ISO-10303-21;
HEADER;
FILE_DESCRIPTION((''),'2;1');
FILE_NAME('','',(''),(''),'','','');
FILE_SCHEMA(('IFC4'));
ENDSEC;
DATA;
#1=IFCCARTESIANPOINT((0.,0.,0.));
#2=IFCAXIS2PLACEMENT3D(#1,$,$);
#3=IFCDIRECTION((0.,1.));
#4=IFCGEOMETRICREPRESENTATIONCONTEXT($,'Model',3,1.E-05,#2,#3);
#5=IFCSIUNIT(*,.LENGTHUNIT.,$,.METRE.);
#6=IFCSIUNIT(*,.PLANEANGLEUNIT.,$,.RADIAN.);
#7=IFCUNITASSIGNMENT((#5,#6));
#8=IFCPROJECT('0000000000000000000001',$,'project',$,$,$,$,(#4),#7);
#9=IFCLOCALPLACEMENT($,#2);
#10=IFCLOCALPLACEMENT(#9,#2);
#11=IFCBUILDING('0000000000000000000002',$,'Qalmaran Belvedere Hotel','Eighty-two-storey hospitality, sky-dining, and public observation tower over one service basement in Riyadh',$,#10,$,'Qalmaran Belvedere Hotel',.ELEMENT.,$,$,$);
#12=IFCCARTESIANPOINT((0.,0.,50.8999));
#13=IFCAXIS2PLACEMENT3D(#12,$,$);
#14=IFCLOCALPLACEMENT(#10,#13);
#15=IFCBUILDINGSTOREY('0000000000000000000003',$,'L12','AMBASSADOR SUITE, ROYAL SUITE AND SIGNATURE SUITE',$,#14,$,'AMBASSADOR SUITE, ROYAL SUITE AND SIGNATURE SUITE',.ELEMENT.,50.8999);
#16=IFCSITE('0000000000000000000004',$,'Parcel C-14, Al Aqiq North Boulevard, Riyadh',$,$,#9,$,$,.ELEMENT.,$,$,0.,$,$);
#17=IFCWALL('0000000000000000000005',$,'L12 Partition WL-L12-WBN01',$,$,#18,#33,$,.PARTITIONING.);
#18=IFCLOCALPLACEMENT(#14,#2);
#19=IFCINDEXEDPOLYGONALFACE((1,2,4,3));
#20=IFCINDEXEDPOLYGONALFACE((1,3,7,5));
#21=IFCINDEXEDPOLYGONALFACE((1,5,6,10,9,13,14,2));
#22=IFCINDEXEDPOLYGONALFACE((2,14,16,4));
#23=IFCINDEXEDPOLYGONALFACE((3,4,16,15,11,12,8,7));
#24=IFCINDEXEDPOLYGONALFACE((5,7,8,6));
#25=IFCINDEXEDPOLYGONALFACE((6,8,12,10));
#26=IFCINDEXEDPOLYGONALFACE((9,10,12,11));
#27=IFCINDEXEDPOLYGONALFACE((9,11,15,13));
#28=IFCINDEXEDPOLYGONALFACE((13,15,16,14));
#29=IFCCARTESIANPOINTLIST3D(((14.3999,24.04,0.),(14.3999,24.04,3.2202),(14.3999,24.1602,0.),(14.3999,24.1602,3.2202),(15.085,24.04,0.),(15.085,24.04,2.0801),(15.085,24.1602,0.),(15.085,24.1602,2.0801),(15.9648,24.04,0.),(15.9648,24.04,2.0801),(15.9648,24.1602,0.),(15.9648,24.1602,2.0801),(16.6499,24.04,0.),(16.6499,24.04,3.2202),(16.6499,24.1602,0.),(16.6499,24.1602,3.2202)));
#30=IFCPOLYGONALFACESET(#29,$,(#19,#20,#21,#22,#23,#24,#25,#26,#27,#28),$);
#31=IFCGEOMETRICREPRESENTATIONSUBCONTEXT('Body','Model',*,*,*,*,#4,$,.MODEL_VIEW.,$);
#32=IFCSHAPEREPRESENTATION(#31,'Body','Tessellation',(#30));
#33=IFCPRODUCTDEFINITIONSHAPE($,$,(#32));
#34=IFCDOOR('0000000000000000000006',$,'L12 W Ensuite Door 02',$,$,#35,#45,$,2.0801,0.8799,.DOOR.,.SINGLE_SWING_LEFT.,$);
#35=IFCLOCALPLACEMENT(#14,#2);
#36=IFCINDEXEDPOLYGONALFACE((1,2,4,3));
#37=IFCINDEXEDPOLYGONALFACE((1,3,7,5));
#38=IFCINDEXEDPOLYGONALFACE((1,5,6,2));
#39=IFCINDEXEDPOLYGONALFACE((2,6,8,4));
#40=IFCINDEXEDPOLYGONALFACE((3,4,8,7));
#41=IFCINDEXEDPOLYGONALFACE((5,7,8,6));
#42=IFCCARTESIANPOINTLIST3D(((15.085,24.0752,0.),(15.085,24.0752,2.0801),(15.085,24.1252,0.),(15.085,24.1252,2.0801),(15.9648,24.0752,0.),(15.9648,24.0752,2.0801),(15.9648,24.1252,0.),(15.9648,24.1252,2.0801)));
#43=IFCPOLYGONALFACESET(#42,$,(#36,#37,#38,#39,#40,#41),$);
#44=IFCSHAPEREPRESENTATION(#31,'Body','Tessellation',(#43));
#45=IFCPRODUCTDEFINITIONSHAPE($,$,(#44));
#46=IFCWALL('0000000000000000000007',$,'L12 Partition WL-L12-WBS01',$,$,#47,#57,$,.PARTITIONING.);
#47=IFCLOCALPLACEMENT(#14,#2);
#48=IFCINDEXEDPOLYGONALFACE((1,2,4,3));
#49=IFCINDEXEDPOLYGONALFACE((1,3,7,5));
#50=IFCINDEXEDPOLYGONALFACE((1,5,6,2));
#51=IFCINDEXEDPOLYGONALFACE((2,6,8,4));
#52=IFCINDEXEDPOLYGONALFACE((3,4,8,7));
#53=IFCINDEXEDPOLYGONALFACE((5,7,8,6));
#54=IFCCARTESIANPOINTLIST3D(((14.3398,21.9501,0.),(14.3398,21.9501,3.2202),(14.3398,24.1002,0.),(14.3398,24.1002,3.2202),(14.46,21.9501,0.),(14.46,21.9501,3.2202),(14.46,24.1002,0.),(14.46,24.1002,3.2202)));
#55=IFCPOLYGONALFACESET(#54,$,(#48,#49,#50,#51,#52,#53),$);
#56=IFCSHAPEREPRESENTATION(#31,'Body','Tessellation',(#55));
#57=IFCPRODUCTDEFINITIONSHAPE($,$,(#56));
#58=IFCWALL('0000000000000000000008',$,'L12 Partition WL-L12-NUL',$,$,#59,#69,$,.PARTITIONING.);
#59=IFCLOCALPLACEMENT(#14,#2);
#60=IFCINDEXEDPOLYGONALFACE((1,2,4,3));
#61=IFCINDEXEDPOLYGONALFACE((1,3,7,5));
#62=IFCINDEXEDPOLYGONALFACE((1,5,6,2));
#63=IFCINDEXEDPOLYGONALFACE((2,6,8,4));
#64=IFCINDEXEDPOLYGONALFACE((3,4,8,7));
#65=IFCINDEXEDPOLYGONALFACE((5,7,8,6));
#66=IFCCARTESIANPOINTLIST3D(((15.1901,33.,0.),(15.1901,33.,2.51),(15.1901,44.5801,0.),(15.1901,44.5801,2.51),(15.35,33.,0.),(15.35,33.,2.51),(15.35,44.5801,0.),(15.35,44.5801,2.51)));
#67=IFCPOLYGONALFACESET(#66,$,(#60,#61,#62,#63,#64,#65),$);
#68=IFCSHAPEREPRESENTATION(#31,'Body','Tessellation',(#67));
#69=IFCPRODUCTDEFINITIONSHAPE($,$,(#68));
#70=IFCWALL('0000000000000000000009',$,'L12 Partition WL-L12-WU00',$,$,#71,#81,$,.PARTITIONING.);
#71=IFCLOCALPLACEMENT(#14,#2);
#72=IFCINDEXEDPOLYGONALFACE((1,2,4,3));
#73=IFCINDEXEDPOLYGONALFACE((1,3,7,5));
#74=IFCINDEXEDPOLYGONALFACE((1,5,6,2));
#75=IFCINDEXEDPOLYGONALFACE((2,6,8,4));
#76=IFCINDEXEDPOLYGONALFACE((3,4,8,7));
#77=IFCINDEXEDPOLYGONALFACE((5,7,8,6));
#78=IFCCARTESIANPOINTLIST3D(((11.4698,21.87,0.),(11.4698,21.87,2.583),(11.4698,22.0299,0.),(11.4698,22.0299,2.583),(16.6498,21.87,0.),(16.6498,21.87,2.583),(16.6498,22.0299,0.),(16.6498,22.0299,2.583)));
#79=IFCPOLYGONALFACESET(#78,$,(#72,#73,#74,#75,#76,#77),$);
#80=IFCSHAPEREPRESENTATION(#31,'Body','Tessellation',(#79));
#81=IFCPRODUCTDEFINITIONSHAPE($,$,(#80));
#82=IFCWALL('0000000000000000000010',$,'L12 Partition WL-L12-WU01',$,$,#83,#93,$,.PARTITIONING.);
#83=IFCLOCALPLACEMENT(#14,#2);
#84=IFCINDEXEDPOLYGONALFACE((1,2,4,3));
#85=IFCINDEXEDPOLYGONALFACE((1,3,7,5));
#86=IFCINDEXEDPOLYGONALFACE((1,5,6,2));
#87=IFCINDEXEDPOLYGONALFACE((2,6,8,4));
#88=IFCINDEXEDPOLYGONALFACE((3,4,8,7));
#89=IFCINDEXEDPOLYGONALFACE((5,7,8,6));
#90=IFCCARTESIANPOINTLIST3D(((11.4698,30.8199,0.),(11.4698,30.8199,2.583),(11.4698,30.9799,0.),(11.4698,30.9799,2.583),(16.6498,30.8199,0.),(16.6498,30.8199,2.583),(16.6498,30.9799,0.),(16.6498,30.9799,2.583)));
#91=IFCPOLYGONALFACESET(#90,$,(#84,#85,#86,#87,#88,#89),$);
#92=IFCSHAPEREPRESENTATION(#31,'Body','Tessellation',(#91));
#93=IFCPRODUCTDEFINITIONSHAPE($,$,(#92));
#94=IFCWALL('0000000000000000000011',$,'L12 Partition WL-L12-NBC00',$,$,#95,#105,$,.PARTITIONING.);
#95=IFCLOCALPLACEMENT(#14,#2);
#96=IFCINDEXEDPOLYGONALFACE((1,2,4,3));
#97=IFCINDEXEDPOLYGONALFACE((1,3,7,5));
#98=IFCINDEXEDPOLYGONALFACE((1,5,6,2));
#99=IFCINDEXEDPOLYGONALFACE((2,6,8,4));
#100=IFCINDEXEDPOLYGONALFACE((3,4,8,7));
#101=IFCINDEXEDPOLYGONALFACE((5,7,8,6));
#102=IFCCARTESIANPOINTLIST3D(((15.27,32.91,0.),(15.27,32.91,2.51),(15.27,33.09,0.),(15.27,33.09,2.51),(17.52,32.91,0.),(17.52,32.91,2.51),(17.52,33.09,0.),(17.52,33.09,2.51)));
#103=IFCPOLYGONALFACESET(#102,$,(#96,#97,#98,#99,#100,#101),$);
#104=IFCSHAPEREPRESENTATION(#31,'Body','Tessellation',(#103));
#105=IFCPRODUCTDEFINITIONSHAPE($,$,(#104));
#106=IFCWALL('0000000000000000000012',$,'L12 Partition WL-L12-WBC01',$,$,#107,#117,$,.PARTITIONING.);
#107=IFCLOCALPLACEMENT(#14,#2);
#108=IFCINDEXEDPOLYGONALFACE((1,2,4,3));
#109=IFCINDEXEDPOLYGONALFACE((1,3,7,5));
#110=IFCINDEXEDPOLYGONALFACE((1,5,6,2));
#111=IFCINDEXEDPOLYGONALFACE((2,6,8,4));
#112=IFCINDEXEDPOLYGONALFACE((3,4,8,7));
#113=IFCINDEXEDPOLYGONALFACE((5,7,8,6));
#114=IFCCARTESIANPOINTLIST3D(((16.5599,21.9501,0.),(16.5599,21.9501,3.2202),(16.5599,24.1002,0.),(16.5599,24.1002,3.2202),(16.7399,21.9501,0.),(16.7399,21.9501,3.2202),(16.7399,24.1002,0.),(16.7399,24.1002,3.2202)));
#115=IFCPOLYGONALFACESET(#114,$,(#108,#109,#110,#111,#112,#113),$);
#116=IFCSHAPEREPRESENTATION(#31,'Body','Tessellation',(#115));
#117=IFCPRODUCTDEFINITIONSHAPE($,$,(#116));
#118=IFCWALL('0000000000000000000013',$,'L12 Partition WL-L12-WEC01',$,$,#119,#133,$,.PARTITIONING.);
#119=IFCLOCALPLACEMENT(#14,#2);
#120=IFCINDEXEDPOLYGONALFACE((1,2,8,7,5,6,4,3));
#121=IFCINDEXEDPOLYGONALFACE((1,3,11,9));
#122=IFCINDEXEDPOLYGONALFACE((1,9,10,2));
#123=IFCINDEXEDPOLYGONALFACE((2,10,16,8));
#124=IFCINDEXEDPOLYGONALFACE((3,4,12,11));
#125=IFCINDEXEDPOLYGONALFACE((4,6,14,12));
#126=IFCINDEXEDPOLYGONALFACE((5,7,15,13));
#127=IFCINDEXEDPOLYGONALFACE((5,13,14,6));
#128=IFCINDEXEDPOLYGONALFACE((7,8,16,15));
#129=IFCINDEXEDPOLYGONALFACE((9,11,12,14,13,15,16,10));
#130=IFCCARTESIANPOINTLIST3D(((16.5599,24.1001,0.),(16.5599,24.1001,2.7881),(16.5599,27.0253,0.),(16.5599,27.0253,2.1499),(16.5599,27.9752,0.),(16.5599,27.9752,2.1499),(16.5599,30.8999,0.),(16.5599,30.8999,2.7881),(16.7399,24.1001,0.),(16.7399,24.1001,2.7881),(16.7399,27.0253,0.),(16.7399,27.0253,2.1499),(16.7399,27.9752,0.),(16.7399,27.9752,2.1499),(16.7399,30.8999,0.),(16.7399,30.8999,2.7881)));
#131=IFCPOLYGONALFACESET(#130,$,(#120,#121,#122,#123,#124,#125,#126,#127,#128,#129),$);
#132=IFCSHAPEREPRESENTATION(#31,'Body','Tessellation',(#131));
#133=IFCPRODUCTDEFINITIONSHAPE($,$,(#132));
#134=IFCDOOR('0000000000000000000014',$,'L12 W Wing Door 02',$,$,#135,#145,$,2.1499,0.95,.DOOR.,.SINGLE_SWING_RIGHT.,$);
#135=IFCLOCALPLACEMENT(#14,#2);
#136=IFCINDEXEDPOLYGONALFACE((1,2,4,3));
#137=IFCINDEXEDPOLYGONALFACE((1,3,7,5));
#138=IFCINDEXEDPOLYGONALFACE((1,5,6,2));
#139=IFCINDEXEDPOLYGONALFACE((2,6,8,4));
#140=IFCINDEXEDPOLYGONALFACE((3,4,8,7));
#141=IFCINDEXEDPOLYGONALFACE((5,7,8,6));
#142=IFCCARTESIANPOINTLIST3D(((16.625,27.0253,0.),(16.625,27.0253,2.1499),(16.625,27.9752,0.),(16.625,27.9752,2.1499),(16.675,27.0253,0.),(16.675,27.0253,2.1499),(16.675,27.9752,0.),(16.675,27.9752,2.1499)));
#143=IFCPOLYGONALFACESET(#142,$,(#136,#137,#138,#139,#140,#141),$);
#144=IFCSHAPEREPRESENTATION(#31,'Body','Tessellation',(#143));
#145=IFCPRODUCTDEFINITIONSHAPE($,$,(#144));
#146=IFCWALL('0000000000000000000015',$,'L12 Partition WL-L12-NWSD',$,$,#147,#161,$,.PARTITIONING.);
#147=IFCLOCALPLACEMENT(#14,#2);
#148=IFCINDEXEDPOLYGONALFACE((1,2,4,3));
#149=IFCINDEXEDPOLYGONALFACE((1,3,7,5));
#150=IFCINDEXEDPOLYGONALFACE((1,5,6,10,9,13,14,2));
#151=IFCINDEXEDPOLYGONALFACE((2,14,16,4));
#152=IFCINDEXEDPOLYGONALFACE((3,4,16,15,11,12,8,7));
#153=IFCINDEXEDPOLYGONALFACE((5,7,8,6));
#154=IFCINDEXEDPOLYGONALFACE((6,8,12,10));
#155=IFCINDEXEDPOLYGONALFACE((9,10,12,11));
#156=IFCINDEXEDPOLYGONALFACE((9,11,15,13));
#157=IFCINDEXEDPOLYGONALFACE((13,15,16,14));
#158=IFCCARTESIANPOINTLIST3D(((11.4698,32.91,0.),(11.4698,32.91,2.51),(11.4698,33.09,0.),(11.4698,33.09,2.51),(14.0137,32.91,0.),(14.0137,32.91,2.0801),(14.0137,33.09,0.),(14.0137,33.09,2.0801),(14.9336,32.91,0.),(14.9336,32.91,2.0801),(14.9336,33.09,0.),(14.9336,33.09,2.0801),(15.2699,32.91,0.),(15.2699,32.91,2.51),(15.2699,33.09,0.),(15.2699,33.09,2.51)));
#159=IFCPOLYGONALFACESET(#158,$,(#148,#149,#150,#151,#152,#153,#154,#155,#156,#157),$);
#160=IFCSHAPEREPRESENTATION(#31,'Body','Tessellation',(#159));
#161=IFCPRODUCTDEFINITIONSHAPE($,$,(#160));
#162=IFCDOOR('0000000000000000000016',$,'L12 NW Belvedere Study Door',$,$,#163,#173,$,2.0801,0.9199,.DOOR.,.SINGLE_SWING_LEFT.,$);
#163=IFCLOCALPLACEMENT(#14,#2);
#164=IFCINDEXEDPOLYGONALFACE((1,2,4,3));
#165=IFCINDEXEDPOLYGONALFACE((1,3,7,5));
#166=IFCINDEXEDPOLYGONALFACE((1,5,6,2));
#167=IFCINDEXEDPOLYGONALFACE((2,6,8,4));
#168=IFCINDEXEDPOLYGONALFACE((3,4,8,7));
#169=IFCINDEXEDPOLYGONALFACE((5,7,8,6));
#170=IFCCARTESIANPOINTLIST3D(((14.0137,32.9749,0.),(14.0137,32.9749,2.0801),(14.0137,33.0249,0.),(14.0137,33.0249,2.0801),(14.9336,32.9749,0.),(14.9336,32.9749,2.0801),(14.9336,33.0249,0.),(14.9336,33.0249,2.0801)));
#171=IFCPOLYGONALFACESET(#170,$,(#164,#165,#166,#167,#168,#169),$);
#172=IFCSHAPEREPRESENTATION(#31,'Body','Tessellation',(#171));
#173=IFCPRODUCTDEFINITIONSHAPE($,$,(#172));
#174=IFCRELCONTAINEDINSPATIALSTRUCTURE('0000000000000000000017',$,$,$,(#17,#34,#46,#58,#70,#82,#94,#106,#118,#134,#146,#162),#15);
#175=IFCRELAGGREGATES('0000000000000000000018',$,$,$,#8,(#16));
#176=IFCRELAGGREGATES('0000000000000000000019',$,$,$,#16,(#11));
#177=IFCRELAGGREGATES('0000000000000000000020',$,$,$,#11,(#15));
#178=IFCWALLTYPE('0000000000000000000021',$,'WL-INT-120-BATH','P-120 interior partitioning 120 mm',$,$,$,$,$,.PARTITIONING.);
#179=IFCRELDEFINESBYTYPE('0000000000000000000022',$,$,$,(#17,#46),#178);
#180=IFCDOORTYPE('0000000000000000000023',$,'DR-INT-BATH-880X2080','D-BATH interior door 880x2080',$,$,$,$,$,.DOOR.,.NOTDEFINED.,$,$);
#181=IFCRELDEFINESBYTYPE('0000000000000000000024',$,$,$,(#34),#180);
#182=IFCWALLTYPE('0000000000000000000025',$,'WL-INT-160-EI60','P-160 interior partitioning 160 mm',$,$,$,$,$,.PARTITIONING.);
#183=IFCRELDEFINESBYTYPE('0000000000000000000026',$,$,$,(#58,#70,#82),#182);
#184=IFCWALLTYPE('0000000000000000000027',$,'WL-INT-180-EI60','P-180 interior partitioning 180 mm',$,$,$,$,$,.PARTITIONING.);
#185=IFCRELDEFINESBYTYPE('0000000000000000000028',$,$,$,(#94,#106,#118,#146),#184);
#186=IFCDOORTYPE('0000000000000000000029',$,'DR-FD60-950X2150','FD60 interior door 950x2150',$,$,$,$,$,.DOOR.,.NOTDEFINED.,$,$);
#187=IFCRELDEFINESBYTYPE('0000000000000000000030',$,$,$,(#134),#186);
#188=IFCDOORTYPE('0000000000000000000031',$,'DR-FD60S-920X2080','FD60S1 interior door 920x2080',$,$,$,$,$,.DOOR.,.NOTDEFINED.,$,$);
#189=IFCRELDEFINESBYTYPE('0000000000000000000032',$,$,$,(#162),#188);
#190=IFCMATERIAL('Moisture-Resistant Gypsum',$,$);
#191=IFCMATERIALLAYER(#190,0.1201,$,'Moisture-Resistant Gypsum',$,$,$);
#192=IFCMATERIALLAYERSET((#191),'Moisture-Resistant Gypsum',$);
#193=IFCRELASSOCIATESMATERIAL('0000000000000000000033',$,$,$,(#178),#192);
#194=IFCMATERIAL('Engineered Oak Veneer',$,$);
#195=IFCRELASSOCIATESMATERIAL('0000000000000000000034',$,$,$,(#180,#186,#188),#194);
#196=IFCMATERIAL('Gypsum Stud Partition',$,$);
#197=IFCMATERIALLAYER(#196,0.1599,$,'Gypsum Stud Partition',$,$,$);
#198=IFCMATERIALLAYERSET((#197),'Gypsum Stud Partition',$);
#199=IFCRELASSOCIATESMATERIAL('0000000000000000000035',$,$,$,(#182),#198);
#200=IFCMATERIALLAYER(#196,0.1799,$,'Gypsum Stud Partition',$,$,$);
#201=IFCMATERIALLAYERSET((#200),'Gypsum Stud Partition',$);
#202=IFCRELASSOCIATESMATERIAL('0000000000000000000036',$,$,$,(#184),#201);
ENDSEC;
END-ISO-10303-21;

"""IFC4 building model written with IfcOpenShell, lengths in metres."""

from ifc_helpers import new_model, si_unit, direction, frame, frame_2d, origin, place, context, subcontext, project, spatial, rectangle, extrude, material, layer, layer_set, type_object, element, fill, save


model = new_model("IFC4")

# Units and contexts
model_context = context("Model", 3, precision=1e-05, world=origin(), true_north=direction((0.0, 1.0)))
body_context = subcontext(model_context, "Body", "Model", "MODEL_VIEW")
ifc_project = project(units=[si_unit("LENGTHUNIT", "METRE"), si_unit("PLANEANGLEUNIT", "RADIAN")], contexts=[model_context])

# Site, building, storey
site_placement = place(None, origin())
site = spatial("IfcSite", under=ifc_project, at=site_placement, Name="Parcel C-14, Al Aqiq North Boulevard, Riyadh", CompositionType="ELEMENT", RefElevation=0.0)
building_placement = place(site_placement, origin())
building = spatial("IfcBuilding", under=site, at=building_placement, Name="Qalmaran Belvedere Hotel", Description="Eighty-two-storey hospitality, sky-dining, and public observation tower over one service basement in Riyadh", LongName="Qalmaran Belvedere Hotel", CompositionType="ELEMENT")
storey_placement = place(building_placement, frame((0.0, 0.0, 50.8999)))
storey = spatial("IfcBuildingStorey", under=building, at=storey_placement, Name="L12", Description="AMBASSADOR SUITE, ROYAL SUITE AND SIGNATURE SUITE", LongName="AMBASSADOR SUITE, ROYAL SUITE AND SIGNATURE SUITE", CompositionType="ELEMENT", Elevation=50.8999)

# Wall, opening, door
ifc_material_1 = material(Name="Moisture-Resistant Gypsum")
ifc_layer_1 = layer(ifc_material_1, 0.1201, Name="Moisture-Resistant Gypsum")
ifc_layer_set_1 = layer_set([ifc_layer_1], Name="Moisture-Resistant Gypsum")
wall_type_1 = type_object("IfcWallType", Name="WL-INT-120-BATH", Description="P-120 interior partitioning 120 mm", PredefinedType="PARTITIONING", material=ifc_layer_set_1)
wall_1_placement = place(storey_placement, frame((14.3999, 24.1001, 0.0), z_axis=(0.0, 0.0, 1.0), x_axis=(1.0, 0.0, 0.0)))
wall_1 = element("IfcWall", 1, at=wall_1_placement, inside=storey, type_object=wall_type_1, Name="L12 Partition WL-L12-WBN01", PredefinedType="PARTITIONING", context=body_context, shape_type="SweptSolid", body=[
    extrude(rectangle(XDim=2.25, YDim=0.1201, at=frame_2d((1.125, 0.0))), origin(), (0.0, 0.0, 1.0), 3.2202),
])
opening_1_placement = place(wall_1_placement, frame((1.5649, 0.0, 0.0), z_axis=(0.0, 0.0, 1.0), x_axis=(-1.0, 0.0, 0.0)))
opening_1 = element("IfcOpeningElement", 2, at=opening_1_placement, cuts=wall_1, PredefinedType="OPENING", context=body_context, shape_type="SweptSolid", body=[
    extrude(rectangle(XDim=0.8799, YDim=2.0801, at=frame_2d((0.4399, 1.04))), frame((0.0, 0.0701, 0.0), z_axis=(0.0, -1.0, 0.0), x_axis=(1.0, 0.0, 0.0)), (0.0, 0.0, 1.0), 0.1401),
])
ifc_material_2 = material(Name="Engineered Oak Veneer")
door_type_1 = type_object("IfcDoorType", Name="DR-INT-BATH-880X2080", Description="D-BATH interior door 880x2080", OperationType="NOTDEFINED", PredefinedType="DOOR", material=ifc_material_2)
door_1_placement = place(opening_1_placement, origin())
door_1 = element("IfcDoor", 3, at=door_1_placement, inside=storey, type_object=door_type_1, Name="L12 W Ensuite Door 02", OperationType="SINGLE_SWING_LEFT", OverallHeight=2.0801, OverallWidth=0.8799, PredefinedType="DOOR", context=body_context, shape_type="SweptSolid", body=[
    extrude(rectangle(XDim=0.8799, YDim=2.0801, at=frame_2d((0.4399, 1.04))), frame((0.0, 0.0249, 0.0), z_axis=(0.0, -1.0, 0.0), x_axis=(1.0, 0.0, 0.0)), (0.0, 0.0, 1.0), 0.05),
])
fill(opening_1, door_1)

# Wall
wall_2_placement = place(storey_placement, frame((14.3999, 21.95, 0.0), z_axis=(0.0, 0.0, 1.0), x_axis=(0.0, 1.0, 0.0)))
element("IfcWall", 4, at=wall_2_placement, inside=storey, type_object=wall_type_1, Name="L12 Partition WL-L12-WBS01", PredefinedType="PARTITIONING", context=body_context, shape_type="SweptSolid", body=[
    extrude(rectangle(XDim=2.1501, YDim=0.1201, at=frame_2d((1.0752, 0.0))), origin(), (0.0, 0.0, 1.0), 3.2202),
])

# Shared definitions
ifc_material_3 = material(Name="Gypsum Stud Partition")

# Walls
ifc_layer_2 = layer(ifc_material_3, 0.1599, Name="Gypsum Stud Partition")
ifc_layer_set_2 = layer_set([ifc_layer_2], Name="Gypsum Stud Partition")
wall_type_2 = type_object("IfcWallType", Name="WL-INT-160-EI60", Description="P-160 interior partitioning 160 mm", PredefinedType="PARTITIONING", material=ifc_layer_set_2)
wall_3_placement = place(storey_placement, frame((15.27, 33.0, 0.0), z_axis=(0.0, 0.0, 1.0), x_axis=(0.0, 1.0, 0.0)))
element("IfcWall", 5, at=wall_3_placement, inside=storey, type_object=wall_type_2, Name="L12 Partition WL-L12-NUL", PredefinedType="PARTITIONING", context=body_context, shape_type="SweptSolid", body=[
    extrude(rectangle(XDim=11.5801, YDim=0.1599, at=frame_2d((5.79, 0.0))), origin(), (0.0, 0.0, 1.0), 2.51),
])
for number, where, z_axis, x_axis, name in (
    (6, (11.47, 21.95, 0.0), (0.0, 0.0, 1.0), (1.0, 0.0, 0.0), "L12 Partition WL-L12-WU00"),
    (7, (11.47, 30.8999, 0.0), (0.0, 0.0, 1.0), (1.0, 0.0, 0.0), "L12 Partition WL-L12-WU01"),
):
    element("IfcWall", number, at=place(storey_placement, frame(where, z_axis=z_axis, x_axis=x_axis)), inside=storey, type_object=wall_type_2, Name=name, PredefinedType="PARTITIONING", context=body_context, shape_type="SweptSolid", body=[
        extrude(rectangle(XDim=5.1799, YDim=0.1599, at=frame_2d((2.5898, 0.0))), origin(), (0.0, 0.0, 1.0), 2.583),
    ])
ifc_layer_3 = layer(ifc_material_3, 0.1799, Name="Gypsum Stud Partition")
ifc_layer_set_3 = layer_set([ifc_layer_3], Name="Gypsum Stud Partition")
wall_type_3 = type_object("IfcWallType", Name="WL-INT-180-EI60", Description="P-180 interior partitioning 180 mm", PredefinedType="PARTITIONING", material=ifc_layer_set_3)
wall_4_placement = place(storey_placement, frame((15.27, 33.0, 0.0), z_axis=(0.0, 0.0, 1.0), x_axis=(1.0, 0.0, 0.0)))
element("IfcWall", 8, at=wall_4_placement, inside=storey, type_object=wall_type_3, Name="L12 Partition WL-L12-NBC00", PredefinedType="PARTITIONING", context=body_context, shape_type="SweptSolid", body=[
    extrude(rectangle(XDim=2.25, YDim=0.1799, at=frame_2d((1.125, 0.0))), origin(), (0.0, 0.0, 1.0), 2.51),
])
wall_5_placement = place(storey_placement, frame((16.6499, 21.95, 0.0), z_axis=(0.0, 0.0, 1.0), x_axis=(0.0, 1.0, 0.0)))
element("IfcWall", 9, at=wall_5_placement, inside=storey, type_object=wall_type_3, Name="L12 Partition WL-L12-WBC01", PredefinedType="PARTITIONING", context=body_context, shape_type="SweptSolid", body=[
    extrude(rectangle(XDim=2.1501, YDim=0.1799, at=frame_2d((1.0752, 0.0))), origin(), (0.0, 0.0, 1.0), 3.2202),
])

# Walls, openings, doors
wall_6_placement = place(storey_placement, frame((16.6499, 24.1001, 0.0), z_axis=(0.0, 0.0, 1.0), x_axis=(0.0, 1.0, 0.0)))
wall_6 = element("IfcWall", 10, at=wall_6_placement, inside=storey, type_object=wall_type_3, Name="L12 Partition WL-L12-WEC01", PredefinedType="PARTITIONING", context=body_context, shape_type="SweptSolid", body=[
    extrude(rectangle(XDim=6.7998, YDim=0.1799, at=frame_2d((3.3999, 0.0))), origin(), (0.0, 0.0, 1.0), 2.7881),
])
opening_2_placement = place(wall_6_placement, frame((2.925, 0.0, 0.0)))
opening_2 = element("IfcOpeningElement", 11, at=opening_2_placement, cuts=wall_6, PredefinedType="OPENING", context=body_context, shape_type="SweptSolid", body=[
    extrude(rectangle(XDim=0.95, YDim=2.1499, at=frame_2d((0.4751, 1.075))), frame((0.0, 0.1001, 0.0), z_axis=(0.0, -1.0, 0.0), x_axis=(1.0, 0.0, 0.0)), (0.0, 0.0, 1.0), 0.2),
])
door_type_2 = type_object("IfcDoorType", Name="DR-FD60-950X2150", Description="FD60 interior door 950x2150", OperationType="NOTDEFINED", PredefinedType="DOOR", material=ifc_material_2)
door_2_placement = place(opening_2_placement, origin())
door_2 = element("IfcDoor", 12, at=door_2_placement, inside=storey, type_object=door_type_2, Name="L12 W Wing Door 02", OperationType="SINGLE_SWING_RIGHT", OverallHeight=2.1499, OverallWidth=0.95, PredefinedType="DOOR", context=body_context, shape_type="SweptSolid", body=[
    extrude(rectangle(XDim=0.95, YDim=2.1499, at=frame_2d((0.4751, 1.075))), frame((0.0, 0.0249, 0.0), z_axis=(0.0, -1.0, 0.0), x_axis=(1.0, 0.0, 0.0)), (0.0, 0.0, 1.0), 0.05),
])
fill(opening_2, door_2)
wall_7_placement = place(storey_placement, frame((11.47, 33.0, 0.0), z_axis=(0.0, 0.0, 1.0), x_axis=(1.0, 0.0, 0.0)))
wall_7 = element("IfcWall", 13, at=wall_7_placement, inside=storey, type_object=wall_type_3, Name="L12 Partition WL-L12-NWSD", PredefinedType="PARTITIONING", context=body_context, shape_type="SweptSolid", body=[
    extrude(rectangle(XDim=3.8, YDim=0.1799, at=frame_2d((1.8999, 0.0))), origin(), (0.0, 0.0, 1.0), 2.51),
])
opening_3_placement = place(wall_7_placement, frame((2.5437, 0.0, 0.0)))
opening_3 = element("IfcOpeningElement", 14, at=opening_3_placement, cuts=wall_7, PredefinedType="OPENING", context=body_context, shape_type="SweptSolid", body=[
    extrude(rectangle(XDim=0.9199, YDim=2.0801, at=frame_2d((0.46, 1.04))), frame((0.0, 0.1001, 0.0), z_axis=(0.0, -1.0, 0.0), x_axis=(1.0, 0.0, 0.0)), (0.0, 0.0, 1.0), 0.2),
])
door_type_3 = type_object("IfcDoorType", Name="DR-FD60S-920X2080", Description="FD60S1 interior door 920x2080", OperationType="NOTDEFINED", PredefinedType="DOOR", material=ifc_material_2)
door_3_placement = place(opening_3_placement, origin())
door_3 = element("IfcDoor", 15, at=door_3_placement, inside=storey, type_object=door_type_3, Name="L12 NW Belvedere Study Door", OperationType="SINGLE_SWING_LEFT", OverallHeight=2.0801, OverallWidth=0.9199, PredefinedType="DOOR", context=body_context, shape_type="SweptSolid", body=[
    extrude(rectangle(XDim=0.9199, YDim=2.0801, at=frame_2d((0.46, 1.04))), frame((0.0, 0.0249, 0.0), z_axis=(0.0, -1.0, 0.0), x_axis=(1.0, 0.0, 0.0)), (0.0, 0.0, 1.0), 0.05),
])
fill(opening_3, door_3)

save(model, "model.ifc")
